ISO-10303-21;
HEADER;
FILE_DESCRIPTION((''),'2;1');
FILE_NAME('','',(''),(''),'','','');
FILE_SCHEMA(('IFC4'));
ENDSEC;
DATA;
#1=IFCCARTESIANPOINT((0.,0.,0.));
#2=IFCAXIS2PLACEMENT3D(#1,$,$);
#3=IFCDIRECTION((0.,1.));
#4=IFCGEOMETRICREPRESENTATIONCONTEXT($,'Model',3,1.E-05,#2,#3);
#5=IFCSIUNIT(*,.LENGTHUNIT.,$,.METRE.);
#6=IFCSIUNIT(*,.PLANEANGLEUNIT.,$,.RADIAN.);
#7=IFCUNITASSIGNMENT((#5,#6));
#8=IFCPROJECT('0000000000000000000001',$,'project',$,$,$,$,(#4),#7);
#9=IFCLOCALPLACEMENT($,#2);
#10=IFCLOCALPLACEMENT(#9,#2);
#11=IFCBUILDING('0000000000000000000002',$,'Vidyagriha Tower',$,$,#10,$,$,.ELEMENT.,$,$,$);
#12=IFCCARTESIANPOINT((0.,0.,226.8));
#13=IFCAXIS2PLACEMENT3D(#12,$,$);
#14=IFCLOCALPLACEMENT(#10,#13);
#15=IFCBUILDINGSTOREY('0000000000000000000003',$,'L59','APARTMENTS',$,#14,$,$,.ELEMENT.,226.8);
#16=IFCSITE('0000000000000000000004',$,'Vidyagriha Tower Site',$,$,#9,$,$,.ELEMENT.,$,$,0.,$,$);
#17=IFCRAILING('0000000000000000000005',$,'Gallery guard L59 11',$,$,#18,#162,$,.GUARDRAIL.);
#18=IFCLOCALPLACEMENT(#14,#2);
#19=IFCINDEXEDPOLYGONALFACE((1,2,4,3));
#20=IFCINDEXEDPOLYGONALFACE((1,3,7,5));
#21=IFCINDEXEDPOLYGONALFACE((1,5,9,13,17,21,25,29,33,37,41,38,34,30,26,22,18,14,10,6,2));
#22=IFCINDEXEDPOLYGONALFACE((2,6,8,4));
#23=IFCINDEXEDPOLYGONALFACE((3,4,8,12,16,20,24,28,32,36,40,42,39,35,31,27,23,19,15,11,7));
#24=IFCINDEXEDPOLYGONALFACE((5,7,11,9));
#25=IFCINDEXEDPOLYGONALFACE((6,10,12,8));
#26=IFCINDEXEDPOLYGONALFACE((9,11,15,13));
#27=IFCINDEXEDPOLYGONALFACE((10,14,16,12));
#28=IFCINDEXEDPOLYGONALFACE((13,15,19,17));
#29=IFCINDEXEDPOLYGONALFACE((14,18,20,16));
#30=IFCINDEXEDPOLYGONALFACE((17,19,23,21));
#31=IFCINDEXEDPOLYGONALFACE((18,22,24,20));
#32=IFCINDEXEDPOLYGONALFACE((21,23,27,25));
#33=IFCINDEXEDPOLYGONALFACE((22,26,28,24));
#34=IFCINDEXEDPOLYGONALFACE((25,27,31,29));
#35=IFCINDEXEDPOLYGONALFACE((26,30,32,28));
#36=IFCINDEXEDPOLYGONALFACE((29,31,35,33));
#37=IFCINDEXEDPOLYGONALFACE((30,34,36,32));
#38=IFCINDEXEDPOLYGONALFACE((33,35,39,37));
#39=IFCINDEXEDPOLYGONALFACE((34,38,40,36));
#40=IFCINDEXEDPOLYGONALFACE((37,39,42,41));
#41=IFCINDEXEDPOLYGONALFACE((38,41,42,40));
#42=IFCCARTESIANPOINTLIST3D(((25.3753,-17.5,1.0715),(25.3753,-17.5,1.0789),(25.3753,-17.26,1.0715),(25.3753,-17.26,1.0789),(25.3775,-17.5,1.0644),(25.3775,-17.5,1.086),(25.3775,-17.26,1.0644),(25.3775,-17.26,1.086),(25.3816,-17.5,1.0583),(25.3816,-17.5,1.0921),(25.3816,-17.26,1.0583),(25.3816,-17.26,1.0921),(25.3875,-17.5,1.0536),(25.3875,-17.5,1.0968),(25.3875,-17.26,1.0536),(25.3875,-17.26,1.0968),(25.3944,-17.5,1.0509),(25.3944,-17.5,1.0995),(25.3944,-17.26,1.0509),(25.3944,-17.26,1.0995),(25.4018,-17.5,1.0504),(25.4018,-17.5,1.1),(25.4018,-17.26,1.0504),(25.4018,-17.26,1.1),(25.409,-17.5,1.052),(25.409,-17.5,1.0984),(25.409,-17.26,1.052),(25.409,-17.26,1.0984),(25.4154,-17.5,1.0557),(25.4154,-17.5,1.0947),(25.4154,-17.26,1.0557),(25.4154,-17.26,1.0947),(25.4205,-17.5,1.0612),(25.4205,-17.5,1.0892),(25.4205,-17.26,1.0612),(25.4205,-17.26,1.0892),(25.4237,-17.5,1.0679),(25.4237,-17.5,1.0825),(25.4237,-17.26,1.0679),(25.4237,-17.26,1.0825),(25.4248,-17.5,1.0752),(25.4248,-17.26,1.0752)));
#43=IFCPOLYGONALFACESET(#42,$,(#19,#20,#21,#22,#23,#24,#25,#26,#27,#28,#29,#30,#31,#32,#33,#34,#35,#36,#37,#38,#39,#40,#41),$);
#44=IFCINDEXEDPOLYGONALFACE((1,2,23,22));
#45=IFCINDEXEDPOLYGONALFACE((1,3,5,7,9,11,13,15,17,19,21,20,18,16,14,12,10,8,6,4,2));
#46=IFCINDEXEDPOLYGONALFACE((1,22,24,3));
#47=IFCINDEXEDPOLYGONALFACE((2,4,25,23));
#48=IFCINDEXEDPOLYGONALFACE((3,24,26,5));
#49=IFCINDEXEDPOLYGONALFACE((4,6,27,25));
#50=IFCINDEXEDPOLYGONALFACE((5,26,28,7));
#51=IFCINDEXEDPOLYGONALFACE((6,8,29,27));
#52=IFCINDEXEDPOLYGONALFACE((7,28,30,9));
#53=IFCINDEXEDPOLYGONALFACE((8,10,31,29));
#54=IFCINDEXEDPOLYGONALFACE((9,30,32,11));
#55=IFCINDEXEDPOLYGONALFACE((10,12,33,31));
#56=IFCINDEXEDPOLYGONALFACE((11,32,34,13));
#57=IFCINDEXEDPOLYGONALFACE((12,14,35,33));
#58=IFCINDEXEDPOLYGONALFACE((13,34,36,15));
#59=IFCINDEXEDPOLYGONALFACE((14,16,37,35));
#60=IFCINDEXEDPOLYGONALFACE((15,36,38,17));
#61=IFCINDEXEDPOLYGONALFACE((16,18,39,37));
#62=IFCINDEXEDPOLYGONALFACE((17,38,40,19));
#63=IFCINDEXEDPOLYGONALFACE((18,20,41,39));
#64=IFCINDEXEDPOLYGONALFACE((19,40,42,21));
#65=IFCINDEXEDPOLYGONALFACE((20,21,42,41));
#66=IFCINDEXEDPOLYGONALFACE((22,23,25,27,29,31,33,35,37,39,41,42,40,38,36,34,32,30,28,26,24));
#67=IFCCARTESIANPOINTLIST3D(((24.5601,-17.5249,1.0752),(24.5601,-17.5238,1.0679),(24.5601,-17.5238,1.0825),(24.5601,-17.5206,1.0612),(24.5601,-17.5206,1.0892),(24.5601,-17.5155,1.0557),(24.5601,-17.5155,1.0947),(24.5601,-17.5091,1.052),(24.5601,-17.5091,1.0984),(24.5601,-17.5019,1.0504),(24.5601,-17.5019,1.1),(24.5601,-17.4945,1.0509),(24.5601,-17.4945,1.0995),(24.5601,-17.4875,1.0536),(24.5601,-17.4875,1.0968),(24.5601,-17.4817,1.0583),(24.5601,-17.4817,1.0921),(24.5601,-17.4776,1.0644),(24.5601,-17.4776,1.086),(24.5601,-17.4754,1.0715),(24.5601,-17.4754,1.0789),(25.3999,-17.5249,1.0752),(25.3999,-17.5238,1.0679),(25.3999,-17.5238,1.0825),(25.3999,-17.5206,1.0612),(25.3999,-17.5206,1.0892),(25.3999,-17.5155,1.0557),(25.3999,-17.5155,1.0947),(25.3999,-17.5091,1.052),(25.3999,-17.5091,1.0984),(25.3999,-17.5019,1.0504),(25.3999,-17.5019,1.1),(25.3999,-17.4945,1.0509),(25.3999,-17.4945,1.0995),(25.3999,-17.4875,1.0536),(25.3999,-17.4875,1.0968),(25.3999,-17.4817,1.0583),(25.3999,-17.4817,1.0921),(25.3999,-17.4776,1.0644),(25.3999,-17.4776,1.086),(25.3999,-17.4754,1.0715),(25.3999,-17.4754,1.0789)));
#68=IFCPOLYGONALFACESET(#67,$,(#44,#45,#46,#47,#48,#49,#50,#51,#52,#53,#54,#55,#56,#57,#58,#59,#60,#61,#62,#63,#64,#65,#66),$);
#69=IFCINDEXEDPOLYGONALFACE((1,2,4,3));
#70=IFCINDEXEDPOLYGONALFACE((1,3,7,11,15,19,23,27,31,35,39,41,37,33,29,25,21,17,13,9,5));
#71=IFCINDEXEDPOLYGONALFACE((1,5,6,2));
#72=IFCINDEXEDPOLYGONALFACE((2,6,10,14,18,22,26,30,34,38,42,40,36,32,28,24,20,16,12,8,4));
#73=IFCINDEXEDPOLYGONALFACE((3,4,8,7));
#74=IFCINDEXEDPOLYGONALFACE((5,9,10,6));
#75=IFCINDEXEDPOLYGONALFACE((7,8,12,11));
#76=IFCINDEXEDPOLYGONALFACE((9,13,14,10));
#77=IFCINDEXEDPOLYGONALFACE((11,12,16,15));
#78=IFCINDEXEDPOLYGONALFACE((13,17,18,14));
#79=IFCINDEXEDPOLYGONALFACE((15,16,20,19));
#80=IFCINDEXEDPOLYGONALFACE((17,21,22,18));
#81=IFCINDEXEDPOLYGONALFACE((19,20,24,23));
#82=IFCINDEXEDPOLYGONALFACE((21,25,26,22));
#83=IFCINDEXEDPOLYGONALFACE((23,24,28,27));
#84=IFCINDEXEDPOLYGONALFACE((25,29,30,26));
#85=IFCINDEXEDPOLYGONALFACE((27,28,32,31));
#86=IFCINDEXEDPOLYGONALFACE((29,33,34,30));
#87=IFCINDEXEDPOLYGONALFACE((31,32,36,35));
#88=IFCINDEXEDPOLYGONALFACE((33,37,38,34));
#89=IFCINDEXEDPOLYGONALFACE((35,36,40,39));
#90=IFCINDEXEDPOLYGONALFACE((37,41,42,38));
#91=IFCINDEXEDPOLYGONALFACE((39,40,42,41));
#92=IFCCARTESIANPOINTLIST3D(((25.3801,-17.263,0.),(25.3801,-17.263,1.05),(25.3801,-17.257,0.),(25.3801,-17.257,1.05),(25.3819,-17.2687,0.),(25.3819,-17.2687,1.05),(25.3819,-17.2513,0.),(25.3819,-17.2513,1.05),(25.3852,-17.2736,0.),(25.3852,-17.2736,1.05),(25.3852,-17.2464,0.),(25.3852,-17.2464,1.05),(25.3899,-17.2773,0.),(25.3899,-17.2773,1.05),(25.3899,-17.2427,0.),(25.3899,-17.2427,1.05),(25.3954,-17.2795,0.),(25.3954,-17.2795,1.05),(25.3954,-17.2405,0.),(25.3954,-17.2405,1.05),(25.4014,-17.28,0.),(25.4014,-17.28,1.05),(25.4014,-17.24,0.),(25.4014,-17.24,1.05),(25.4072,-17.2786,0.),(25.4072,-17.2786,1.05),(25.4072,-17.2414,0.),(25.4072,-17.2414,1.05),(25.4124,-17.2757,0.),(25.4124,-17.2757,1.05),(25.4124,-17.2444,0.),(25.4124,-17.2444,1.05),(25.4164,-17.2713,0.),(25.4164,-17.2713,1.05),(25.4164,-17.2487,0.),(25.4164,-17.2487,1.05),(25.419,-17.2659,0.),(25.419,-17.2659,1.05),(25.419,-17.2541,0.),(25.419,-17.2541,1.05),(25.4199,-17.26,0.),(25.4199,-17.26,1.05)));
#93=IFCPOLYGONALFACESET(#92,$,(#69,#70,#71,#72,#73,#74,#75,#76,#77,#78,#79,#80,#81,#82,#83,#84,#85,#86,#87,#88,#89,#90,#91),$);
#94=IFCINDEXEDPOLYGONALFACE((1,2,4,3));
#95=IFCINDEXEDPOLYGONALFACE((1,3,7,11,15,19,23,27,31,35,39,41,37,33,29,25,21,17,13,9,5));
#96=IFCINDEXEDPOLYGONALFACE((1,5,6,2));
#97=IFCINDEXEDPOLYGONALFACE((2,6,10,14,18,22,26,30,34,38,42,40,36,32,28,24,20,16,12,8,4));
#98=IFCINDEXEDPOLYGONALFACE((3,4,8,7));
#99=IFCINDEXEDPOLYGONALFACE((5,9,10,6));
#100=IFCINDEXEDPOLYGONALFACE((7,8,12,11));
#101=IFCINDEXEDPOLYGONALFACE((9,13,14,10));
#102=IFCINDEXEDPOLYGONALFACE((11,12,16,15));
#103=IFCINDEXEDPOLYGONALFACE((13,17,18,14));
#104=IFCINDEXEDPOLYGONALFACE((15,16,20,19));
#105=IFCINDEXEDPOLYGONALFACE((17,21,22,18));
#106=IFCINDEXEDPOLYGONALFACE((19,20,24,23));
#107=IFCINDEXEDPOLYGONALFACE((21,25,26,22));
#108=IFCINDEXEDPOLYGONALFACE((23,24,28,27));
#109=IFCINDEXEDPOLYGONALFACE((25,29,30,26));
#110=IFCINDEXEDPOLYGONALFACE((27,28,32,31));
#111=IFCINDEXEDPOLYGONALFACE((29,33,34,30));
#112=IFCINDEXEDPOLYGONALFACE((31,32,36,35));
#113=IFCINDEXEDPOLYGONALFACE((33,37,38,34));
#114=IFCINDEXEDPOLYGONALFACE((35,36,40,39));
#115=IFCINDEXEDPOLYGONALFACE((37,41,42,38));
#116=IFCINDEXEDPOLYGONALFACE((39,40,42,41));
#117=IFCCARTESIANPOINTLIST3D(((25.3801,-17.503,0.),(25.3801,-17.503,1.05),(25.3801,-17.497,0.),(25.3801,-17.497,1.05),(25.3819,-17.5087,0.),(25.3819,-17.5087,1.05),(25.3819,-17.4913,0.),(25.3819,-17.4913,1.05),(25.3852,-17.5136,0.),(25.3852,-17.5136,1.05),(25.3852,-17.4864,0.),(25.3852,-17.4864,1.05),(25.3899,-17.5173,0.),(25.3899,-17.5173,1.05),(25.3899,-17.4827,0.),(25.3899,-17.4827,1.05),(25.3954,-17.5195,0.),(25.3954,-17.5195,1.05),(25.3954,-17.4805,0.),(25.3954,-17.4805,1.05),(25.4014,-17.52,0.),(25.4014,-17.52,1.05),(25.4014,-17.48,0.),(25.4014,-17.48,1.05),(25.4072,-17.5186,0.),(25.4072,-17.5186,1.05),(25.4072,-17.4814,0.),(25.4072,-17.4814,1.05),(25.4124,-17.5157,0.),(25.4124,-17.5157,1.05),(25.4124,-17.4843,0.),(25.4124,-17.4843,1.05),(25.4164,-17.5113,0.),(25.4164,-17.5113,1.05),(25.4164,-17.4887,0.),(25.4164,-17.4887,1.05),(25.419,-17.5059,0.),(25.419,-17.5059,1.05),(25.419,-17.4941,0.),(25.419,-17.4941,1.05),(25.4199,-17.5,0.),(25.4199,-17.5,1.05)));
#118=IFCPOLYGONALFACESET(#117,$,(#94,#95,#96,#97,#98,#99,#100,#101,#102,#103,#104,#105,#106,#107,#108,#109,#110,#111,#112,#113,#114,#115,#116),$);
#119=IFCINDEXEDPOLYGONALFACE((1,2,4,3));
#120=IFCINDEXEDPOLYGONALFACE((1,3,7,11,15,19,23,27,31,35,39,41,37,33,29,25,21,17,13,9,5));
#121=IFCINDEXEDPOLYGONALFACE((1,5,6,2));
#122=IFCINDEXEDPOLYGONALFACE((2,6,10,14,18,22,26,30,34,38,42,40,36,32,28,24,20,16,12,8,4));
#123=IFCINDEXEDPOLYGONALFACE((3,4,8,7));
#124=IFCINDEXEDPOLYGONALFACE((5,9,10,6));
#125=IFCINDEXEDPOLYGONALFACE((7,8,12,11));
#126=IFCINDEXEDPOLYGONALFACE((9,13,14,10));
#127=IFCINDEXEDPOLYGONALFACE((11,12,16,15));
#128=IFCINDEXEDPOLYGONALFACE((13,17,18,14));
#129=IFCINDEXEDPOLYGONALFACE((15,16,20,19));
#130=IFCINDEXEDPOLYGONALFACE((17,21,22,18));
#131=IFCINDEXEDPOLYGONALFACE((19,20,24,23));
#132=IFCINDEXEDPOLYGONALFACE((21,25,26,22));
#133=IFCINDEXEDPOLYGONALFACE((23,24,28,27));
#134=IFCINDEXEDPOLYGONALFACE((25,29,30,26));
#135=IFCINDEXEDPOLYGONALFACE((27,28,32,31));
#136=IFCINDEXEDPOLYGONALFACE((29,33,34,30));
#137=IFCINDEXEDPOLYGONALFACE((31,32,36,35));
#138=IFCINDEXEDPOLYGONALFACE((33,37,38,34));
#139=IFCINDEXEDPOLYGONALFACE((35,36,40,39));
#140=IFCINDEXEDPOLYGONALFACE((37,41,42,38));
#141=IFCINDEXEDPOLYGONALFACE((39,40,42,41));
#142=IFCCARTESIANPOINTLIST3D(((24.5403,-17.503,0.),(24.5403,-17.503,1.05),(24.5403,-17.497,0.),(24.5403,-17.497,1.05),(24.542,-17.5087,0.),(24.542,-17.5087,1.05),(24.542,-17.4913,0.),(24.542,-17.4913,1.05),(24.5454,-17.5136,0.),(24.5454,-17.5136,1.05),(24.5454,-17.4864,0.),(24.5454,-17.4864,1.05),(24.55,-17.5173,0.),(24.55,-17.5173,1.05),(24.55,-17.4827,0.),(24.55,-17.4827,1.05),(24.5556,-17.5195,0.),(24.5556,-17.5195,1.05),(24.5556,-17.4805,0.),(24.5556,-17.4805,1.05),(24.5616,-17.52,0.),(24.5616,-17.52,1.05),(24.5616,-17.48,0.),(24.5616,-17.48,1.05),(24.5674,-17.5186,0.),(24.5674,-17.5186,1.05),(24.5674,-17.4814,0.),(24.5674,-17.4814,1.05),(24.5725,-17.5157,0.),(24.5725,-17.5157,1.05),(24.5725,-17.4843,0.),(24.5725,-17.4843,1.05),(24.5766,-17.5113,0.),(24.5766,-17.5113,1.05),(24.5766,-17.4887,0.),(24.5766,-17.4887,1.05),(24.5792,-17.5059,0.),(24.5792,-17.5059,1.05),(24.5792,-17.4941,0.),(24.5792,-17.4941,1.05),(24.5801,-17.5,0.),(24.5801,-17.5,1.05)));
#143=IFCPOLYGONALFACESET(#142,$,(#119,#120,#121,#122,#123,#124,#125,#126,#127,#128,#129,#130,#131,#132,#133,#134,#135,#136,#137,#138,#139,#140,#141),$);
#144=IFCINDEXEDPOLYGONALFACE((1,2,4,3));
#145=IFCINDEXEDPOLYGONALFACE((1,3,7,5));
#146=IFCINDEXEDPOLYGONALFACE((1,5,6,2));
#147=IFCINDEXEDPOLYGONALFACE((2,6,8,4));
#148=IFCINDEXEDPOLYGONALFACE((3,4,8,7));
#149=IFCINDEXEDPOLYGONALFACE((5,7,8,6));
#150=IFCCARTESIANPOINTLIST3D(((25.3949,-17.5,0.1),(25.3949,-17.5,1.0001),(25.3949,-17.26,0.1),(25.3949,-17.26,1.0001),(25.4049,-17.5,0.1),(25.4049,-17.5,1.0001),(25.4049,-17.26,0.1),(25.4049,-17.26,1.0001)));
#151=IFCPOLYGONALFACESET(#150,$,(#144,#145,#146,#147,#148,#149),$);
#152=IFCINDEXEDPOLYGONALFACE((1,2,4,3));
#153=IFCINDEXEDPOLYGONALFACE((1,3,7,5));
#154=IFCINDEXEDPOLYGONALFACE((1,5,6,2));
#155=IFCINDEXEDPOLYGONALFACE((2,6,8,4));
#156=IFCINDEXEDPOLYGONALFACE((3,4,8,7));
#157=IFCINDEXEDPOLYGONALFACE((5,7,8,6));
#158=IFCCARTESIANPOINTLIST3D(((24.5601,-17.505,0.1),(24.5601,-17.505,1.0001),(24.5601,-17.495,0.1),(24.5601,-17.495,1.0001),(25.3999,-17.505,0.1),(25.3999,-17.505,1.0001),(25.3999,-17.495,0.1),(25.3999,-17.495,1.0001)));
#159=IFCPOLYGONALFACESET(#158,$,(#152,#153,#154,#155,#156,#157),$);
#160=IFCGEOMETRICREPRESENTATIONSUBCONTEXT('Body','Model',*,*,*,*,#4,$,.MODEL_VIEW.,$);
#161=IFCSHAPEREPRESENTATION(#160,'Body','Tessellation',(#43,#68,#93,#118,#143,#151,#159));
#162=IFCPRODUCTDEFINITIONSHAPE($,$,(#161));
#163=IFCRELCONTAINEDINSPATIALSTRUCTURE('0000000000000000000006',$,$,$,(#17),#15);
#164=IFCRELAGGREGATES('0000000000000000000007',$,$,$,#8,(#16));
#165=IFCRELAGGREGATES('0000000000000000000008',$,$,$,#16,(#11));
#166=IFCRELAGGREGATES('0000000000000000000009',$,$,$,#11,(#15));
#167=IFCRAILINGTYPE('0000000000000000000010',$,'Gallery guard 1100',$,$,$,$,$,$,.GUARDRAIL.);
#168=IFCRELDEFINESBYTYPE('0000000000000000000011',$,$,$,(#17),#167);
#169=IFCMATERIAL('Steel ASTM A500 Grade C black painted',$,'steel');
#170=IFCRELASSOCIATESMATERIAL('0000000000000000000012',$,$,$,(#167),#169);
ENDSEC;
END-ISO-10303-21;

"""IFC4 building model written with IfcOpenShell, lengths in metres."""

from ifc_helpers import new_model, si_unit, direction, frame, origin, origin_2d, place, context, subcontext, project, spatial, rectangle, circle, extrude, material, type_object, element, save


model = new_model("IFC4")

# Units and contexts
model_context = context("Model", 3, precision=1e-05, world=origin(), true_north=direction((0.0, 1.0)))
body_context = subcontext(model_context, "Body", "Model", "MODEL_VIEW")
ifc_project = project(units=[si_unit("LENGTHUNIT", "METRE"), si_unit("PLANEANGLEUNIT", "RADIAN")], contexts=[model_context])

# Site, building, storey
site_placement = place(None, origin())
site = spatial("IfcSite", under=ifc_project, at=site_placement, Name="Vidyagriha Tower Site", CompositionType="ELEMENT", RefElevation=0.0)
building_placement = place(site_placement, origin())
building = spatial("IfcBuilding", under=site, at=building_placement, Name="Vidyagriha Tower", CompositionType="ELEMENT")
storey_placement = place(building_placement, frame((0.0, 0.0, 226.8)))
storey = spatial("IfcBuildingStorey", under=building, at=storey_placement, Name="L59", Description="APARTMENTS", CompositionType="ELEMENT", Elevation=226.8)

# Railing
ifc_material_1 = material(Name="Steel ASTM A500 Grade C black painted", Category="steel")
railing_type_1 = type_object("IfcRailingType", Name="Gallery guard 1100", PredefinedType="GUARDRAIL", material=ifc_material_1)
railing_1_placement = place(storey_placement, frame((25.3999, -17.26, 0.0)))
element("IfcRailing", 1, at=railing_1_placement, inside=storey, type_object=railing_type_1, Name="Gallery guard L59 11", PredefinedType="GUARDRAIL", context=body_context, shape_type="SweptSolid", body=[
    extrude(circle(Radius=0.0249, at=origin_2d()), frame((0.0, 0.0, 1.0752), z_axis=(0.0, -1.0, 0.0), x_axis=(1.0, 0.0, 0.0)), (0.0, 0.0, 1.0), 0.24),
    extrude(circle(Radius=0.0249, at=origin_2d()), frame((0.0, -0.24, 1.0752), z_axis=(-1.0, 0.0, 0.0), x_axis=(0.0, -1.0, 0.0)), (0.0, 0.0, 1.0), 0.8398),
    extrude(circle(Radius=0.02, at=origin_2d()), origin(), (0.0, 0.0, 1.0), 1.05),
    extrude(circle(Radius=0.02, at=origin_2d()), frame((0.0, -0.24, 0.0)), (0.0, 0.0, 1.0), 1.05),
    extrude(circle(Radius=0.02, at=origin_2d()), frame((-0.8398, -0.24, 0.0)), (0.0, 0.0, 1.0), 1.05),
    extrude(rectangle(XDim=0.01, YDim=0.9001, at=origin_2d()), frame((0.0, 0.0, 0.55), z_axis=(0.0, -1.0, 0.0), x_axis=(1.0, 0.0, 0.0)), (0.0, 0.0, 1.0), 0.24),
    extrude(rectangle(XDim=0.01, YDim=0.9001, at=origin_2d()), frame((0.0, -0.24, 0.55), z_axis=(-1.0, 0.0, 0.0), x_axis=(0.0, -1.0, 0.0)), (0.0, 0.0, 1.0), 0.8398),
])

save(model, "model.ifc")
